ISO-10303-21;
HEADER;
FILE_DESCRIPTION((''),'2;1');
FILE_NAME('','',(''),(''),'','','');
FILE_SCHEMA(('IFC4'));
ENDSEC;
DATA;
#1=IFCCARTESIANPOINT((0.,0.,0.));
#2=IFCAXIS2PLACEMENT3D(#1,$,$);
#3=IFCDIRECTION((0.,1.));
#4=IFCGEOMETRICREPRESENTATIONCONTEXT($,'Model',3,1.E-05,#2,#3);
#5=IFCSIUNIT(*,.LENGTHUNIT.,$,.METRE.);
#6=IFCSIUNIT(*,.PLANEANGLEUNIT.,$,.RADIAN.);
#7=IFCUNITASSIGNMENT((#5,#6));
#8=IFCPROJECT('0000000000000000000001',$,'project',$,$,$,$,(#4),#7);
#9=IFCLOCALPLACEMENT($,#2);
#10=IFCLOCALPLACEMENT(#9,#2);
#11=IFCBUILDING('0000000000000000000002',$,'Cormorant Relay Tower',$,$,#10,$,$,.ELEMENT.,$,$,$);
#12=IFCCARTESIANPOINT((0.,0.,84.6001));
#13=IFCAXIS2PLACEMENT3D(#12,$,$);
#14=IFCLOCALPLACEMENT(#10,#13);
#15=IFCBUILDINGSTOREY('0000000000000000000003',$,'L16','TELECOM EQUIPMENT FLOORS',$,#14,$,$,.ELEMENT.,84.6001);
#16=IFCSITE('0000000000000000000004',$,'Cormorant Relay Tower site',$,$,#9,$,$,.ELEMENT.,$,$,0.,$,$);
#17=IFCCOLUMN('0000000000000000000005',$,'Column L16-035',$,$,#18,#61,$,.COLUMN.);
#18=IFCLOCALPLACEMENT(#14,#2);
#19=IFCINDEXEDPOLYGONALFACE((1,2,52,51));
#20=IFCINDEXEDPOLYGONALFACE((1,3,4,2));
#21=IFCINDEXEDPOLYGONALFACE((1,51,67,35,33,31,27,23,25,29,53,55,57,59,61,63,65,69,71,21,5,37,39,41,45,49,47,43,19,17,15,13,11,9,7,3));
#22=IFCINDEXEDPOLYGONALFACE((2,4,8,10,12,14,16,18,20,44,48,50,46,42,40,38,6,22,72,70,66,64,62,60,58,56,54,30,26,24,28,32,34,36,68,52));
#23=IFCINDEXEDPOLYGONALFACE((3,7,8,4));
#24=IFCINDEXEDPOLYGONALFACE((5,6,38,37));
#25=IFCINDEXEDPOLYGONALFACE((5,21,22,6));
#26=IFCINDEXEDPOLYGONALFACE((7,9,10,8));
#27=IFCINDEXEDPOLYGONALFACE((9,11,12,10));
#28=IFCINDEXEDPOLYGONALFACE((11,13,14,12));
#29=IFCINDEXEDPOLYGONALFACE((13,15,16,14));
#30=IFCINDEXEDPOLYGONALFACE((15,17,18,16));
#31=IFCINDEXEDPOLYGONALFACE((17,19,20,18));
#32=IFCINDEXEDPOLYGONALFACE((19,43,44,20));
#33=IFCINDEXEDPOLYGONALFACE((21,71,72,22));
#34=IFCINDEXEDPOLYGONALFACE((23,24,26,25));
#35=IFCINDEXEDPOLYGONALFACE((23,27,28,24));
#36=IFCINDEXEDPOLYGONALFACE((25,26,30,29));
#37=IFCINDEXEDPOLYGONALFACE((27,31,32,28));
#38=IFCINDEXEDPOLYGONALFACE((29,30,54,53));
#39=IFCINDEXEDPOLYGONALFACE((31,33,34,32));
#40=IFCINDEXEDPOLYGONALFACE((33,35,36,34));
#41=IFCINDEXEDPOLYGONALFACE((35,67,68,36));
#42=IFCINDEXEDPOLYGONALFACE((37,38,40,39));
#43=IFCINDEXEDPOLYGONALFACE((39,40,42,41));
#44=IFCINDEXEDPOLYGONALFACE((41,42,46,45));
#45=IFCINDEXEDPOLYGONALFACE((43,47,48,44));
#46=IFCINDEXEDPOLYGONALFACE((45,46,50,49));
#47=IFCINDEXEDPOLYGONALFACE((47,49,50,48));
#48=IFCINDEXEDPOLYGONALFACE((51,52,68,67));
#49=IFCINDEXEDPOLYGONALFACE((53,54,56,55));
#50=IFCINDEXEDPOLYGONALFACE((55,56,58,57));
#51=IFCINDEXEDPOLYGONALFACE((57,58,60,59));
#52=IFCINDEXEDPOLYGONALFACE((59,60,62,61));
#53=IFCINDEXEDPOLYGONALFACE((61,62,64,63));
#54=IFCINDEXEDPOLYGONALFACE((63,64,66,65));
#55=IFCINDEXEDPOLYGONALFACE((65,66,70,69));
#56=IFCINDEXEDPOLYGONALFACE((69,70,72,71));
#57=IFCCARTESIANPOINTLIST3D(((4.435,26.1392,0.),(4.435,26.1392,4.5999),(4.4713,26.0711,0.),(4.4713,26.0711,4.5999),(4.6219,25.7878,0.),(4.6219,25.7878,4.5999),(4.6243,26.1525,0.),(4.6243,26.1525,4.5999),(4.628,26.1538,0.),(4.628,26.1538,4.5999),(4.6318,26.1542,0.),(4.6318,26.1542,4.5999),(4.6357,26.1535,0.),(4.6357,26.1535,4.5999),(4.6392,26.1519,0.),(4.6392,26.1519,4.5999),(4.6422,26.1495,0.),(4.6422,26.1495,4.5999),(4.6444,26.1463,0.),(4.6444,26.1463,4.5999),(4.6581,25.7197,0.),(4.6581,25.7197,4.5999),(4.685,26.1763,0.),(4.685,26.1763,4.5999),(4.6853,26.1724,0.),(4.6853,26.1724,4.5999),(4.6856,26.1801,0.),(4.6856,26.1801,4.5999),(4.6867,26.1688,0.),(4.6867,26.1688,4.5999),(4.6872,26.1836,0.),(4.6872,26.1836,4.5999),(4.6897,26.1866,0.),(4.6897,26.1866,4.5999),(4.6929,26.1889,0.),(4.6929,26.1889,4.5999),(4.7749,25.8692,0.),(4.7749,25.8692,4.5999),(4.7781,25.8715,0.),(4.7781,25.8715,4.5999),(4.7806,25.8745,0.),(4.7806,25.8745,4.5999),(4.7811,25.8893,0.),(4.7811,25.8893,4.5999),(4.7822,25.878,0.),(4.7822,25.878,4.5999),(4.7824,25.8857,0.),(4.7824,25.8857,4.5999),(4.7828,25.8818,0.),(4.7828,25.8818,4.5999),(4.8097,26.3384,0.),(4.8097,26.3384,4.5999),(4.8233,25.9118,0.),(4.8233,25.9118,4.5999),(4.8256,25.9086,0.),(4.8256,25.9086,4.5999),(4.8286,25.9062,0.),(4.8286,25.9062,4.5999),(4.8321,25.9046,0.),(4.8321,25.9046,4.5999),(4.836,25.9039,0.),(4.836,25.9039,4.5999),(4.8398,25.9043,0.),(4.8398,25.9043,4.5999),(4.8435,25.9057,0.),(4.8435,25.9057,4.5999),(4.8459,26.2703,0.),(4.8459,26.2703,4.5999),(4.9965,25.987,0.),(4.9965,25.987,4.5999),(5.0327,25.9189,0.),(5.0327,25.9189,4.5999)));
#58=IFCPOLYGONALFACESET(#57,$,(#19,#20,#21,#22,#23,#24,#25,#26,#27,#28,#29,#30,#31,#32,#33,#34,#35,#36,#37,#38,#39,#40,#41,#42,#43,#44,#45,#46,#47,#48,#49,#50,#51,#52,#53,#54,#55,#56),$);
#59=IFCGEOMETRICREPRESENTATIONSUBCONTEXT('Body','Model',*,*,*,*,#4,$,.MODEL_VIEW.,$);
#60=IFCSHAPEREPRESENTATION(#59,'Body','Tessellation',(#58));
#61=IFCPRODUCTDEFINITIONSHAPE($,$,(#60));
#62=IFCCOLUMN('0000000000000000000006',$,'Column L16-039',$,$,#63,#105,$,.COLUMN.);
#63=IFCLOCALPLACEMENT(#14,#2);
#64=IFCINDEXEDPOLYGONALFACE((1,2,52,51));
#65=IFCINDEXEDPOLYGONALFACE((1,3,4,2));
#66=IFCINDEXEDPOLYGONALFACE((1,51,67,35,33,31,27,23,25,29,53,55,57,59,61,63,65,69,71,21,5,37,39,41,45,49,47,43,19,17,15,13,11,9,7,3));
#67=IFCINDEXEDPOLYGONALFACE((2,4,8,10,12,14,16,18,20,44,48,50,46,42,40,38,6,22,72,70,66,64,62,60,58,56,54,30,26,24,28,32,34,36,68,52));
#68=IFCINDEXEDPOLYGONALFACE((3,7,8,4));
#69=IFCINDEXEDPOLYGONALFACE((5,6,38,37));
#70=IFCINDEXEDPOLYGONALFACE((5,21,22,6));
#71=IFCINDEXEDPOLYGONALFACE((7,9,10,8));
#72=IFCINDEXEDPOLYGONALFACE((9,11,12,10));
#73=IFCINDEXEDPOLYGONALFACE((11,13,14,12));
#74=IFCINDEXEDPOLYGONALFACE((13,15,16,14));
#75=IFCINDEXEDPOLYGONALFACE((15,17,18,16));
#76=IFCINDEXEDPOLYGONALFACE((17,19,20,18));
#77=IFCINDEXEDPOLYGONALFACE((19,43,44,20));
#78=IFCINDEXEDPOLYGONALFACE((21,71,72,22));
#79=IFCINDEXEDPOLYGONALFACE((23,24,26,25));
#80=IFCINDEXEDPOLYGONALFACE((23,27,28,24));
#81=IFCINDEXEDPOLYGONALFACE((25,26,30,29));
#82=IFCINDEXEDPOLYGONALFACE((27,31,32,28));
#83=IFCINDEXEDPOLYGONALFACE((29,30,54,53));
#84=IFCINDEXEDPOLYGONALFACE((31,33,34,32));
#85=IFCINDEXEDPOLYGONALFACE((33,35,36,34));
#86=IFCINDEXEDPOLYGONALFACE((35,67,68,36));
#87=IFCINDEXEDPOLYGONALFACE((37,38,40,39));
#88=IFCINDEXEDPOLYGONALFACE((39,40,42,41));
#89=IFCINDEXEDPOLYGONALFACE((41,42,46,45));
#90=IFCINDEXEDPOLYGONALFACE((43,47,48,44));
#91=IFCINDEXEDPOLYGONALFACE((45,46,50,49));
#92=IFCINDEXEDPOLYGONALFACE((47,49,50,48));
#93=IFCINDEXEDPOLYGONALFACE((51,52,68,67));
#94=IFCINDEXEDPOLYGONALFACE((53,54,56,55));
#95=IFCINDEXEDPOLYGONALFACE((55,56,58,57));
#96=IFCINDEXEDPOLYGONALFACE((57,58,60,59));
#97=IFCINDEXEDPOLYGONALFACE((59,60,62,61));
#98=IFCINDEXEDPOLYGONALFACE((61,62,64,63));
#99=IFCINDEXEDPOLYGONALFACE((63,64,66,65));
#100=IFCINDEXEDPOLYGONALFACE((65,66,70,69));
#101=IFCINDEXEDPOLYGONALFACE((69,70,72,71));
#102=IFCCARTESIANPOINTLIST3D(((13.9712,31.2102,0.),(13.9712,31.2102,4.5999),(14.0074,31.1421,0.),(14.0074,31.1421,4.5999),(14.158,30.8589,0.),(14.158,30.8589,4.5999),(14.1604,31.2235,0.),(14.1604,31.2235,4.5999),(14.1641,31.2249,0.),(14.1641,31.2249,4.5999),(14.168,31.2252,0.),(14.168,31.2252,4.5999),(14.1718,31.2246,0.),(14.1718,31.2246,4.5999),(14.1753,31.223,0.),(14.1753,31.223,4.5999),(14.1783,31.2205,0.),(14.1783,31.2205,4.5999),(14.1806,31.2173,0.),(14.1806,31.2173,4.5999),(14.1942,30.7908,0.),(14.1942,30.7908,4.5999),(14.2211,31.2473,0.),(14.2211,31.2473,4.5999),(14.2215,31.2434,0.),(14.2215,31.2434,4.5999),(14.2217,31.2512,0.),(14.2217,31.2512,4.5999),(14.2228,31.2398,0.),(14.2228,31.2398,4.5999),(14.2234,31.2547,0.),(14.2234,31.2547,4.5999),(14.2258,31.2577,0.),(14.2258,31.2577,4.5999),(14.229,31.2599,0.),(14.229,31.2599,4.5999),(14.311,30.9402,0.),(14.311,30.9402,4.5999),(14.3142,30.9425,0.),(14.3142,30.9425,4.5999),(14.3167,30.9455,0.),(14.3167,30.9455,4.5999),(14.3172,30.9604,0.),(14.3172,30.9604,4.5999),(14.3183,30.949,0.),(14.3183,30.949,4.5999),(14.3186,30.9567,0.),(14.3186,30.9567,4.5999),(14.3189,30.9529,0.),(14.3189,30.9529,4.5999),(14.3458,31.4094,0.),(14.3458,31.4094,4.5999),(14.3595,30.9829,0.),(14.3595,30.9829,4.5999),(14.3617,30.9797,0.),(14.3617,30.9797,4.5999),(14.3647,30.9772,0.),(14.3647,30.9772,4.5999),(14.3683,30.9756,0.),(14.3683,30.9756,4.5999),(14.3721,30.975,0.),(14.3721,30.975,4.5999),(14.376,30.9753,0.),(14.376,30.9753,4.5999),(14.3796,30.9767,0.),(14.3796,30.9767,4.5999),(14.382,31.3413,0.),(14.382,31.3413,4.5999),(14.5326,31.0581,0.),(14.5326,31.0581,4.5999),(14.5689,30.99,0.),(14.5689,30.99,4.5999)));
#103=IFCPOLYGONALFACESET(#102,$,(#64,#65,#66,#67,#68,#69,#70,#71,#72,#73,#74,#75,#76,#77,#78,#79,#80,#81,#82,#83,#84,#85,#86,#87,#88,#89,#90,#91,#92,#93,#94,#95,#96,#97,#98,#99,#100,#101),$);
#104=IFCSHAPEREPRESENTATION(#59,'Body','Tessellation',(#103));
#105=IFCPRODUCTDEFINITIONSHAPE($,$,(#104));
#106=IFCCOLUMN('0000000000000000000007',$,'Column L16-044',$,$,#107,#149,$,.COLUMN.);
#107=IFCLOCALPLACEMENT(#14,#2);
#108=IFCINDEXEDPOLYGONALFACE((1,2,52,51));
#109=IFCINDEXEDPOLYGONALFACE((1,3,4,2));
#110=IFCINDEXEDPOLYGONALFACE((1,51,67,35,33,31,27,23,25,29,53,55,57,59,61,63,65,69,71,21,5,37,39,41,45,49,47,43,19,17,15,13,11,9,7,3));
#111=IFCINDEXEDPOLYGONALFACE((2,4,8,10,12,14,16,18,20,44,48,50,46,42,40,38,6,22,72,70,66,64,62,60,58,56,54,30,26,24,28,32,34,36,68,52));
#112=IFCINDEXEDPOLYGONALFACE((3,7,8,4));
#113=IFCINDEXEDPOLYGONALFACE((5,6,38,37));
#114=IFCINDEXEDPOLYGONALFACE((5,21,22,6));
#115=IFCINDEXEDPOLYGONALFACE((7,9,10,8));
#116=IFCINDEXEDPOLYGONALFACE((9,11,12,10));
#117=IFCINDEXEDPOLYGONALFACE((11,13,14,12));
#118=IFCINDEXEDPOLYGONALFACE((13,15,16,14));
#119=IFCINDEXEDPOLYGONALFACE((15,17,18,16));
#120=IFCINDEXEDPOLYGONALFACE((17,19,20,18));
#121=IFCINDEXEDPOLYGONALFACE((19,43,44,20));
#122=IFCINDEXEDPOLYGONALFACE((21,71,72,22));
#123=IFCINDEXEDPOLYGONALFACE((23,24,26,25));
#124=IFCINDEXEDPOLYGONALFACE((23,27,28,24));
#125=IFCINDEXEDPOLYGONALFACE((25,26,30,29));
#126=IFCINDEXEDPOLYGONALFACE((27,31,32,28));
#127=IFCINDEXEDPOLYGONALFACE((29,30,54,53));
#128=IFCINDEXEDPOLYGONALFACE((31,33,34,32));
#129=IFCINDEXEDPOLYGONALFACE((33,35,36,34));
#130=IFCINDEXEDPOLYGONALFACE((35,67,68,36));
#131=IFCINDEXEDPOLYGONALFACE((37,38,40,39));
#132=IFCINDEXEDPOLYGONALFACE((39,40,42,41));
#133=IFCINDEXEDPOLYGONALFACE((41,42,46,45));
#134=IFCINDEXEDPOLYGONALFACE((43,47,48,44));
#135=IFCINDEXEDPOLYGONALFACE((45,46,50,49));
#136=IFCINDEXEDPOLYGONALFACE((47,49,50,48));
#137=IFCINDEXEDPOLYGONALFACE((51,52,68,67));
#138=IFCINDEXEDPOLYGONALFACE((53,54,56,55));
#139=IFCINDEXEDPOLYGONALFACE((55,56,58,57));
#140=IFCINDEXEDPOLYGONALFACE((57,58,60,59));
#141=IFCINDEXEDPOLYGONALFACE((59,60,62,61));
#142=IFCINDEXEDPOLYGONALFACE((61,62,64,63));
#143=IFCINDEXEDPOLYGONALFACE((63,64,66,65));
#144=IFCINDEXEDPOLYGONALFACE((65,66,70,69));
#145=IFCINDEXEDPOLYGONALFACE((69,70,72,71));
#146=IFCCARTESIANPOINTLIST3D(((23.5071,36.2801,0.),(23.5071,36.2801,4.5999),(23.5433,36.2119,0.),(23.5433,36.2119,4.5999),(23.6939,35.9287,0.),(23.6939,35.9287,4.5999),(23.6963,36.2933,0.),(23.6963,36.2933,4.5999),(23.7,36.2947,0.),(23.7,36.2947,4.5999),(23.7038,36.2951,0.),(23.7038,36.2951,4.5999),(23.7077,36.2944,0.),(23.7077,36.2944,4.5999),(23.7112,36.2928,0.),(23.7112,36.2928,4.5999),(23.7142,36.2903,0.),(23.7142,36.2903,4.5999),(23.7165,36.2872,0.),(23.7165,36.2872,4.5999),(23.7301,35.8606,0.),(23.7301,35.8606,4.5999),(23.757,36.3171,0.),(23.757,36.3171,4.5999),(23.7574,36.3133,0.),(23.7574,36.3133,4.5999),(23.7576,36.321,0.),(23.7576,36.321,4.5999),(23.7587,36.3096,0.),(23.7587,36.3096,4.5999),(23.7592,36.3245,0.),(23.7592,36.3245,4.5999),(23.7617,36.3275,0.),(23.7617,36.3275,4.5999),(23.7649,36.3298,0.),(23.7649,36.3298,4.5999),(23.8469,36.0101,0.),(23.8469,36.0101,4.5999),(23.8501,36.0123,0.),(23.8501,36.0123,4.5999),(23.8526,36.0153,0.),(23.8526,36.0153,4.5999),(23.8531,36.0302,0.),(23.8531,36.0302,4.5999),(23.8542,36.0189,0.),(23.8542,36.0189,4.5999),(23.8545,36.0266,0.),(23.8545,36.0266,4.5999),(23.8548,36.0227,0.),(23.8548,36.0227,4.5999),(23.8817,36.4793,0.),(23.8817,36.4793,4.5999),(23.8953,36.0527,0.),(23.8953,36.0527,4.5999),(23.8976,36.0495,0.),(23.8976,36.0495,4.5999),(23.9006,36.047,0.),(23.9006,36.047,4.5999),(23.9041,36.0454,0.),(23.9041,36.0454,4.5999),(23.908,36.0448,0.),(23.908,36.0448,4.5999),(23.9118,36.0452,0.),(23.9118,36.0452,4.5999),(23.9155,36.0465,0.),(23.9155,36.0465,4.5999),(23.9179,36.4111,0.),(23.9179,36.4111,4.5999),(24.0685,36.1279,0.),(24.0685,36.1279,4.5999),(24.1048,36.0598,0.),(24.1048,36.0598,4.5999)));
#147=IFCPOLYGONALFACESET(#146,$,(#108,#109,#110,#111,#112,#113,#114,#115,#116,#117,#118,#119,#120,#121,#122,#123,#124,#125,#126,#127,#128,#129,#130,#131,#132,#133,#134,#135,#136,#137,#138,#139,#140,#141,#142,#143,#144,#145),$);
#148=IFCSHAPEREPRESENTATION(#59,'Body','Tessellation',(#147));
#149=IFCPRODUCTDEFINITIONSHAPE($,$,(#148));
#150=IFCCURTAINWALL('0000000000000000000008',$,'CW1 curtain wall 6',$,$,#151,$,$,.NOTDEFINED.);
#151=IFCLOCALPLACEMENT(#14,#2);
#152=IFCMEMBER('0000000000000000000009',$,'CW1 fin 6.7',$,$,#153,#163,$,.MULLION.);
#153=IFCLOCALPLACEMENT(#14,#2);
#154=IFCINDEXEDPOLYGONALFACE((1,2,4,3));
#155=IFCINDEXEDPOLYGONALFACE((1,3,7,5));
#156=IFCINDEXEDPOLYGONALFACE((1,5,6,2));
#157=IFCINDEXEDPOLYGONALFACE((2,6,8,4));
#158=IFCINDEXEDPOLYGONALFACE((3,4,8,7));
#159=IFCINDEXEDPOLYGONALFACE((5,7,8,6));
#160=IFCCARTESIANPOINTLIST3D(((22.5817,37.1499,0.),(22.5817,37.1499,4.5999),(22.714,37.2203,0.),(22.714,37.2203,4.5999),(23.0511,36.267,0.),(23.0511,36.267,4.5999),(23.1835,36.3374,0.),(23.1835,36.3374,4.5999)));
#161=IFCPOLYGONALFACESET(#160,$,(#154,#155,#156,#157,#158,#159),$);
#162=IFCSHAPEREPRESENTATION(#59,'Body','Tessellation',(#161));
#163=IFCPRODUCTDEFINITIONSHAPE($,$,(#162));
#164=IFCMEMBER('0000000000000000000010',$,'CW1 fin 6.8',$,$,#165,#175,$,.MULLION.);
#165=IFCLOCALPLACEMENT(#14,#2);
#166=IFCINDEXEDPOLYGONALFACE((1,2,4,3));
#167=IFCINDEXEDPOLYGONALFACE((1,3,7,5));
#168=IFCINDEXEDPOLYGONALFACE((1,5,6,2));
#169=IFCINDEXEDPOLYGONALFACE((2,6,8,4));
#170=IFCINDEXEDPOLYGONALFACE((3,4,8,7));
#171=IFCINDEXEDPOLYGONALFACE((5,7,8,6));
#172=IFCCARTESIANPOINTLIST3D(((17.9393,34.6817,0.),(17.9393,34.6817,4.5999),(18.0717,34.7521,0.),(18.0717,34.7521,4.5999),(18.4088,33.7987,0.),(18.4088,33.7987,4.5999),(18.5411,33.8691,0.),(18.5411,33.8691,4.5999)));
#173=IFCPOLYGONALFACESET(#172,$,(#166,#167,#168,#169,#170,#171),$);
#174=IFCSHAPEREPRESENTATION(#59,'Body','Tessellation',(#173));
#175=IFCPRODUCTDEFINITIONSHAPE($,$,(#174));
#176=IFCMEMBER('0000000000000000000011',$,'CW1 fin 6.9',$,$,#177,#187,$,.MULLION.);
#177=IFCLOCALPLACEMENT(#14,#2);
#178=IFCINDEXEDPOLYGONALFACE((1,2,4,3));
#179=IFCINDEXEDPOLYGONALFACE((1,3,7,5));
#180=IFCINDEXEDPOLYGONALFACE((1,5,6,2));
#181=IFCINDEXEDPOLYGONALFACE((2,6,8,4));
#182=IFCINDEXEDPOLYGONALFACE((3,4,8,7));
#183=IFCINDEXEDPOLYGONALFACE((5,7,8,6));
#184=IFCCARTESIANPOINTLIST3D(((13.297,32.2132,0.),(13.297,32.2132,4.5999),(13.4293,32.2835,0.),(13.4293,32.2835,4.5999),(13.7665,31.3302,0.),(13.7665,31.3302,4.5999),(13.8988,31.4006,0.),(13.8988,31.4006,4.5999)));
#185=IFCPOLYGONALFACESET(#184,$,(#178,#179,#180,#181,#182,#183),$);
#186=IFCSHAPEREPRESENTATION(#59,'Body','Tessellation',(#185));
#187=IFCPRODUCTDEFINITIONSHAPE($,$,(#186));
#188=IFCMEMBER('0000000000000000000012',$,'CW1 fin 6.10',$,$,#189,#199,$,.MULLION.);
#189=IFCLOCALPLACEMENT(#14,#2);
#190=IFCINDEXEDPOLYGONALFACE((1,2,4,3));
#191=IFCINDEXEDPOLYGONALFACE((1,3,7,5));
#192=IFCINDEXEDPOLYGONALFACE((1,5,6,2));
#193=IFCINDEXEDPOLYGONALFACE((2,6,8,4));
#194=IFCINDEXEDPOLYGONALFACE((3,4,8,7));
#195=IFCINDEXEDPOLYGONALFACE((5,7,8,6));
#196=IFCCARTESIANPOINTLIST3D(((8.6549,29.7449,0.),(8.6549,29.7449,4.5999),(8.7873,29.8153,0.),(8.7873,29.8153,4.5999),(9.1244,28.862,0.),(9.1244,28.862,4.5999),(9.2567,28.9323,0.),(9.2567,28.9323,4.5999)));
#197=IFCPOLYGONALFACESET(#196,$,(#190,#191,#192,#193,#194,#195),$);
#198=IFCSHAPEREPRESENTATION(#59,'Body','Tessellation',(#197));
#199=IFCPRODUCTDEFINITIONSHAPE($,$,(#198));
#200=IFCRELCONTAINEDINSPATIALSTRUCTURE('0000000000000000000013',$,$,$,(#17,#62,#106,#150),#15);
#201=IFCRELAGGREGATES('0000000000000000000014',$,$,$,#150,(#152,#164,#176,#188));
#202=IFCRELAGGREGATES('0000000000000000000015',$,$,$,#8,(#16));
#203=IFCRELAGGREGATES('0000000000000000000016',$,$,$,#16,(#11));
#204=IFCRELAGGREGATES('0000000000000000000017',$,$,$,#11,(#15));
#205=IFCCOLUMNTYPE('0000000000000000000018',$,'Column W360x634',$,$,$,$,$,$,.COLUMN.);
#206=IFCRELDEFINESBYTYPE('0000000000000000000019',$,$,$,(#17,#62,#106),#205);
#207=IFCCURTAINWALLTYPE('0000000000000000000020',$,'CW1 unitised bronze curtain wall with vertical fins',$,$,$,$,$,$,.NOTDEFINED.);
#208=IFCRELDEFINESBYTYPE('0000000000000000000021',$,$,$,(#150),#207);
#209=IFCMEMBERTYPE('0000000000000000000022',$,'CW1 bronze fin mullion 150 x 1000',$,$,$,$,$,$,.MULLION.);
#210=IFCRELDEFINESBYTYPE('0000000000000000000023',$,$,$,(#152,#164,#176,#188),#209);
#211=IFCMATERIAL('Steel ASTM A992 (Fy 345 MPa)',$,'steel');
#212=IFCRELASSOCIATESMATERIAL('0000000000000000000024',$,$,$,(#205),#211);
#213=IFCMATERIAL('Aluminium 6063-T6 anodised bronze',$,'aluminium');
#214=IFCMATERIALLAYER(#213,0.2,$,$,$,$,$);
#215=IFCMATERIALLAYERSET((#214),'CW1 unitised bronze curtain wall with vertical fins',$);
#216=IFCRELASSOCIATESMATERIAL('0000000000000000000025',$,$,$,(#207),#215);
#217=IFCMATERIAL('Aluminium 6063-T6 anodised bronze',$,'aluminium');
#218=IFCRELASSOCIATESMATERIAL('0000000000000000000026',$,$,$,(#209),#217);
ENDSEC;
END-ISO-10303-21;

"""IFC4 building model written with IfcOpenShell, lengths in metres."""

from ifc_helpers import new_model, si_unit, direction, frame, origin, origin_2d, place, context, subcontext, project, spatial, rectangle, i_section, extrude, material, layer, layer_set, material_profile, profile_set, type_object, element, aggregate, save


model = new_model("IFC4")

# Units and contexts
model_context = context("Model", 3, precision=1e-05, world=origin(), true_north=direction((0.0, 1.0)))
body_context = subcontext(model_context, "Body", "Model", "MODEL_VIEW")
ifc_project = project(units=[si_unit("LENGTHUNIT", "METRE"), si_unit("PLANEANGLEUNIT", "RADIAN")], contexts=[model_context])

# Site, building, storey
site_placement = place(None, origin())
site = spatial("IfcSite", under=ifc_project, at=site_placement, Name="Cormorant Relay Tower site", CompositionType="ELEMENT", RefElevation=0.0)
building_placement = place(site_placement, origin())
building = spatial("IfcBuilding", under=site, at=building_placement, Name="Cormorant Relay Tower", CompositionType="ELEMENT")
storey_placement = place(building_placement, frame((0.0, 0.0, 84.6001)))
storey = spatial("IfcBuildingStorey", under=building, at=storey_placement, Name="L16", Description="TELECOM EQUIPMENT FLOORS", CompositionType="ELEMENT", Elevation=84.6001)

# Columns
ifc_material_1 = material(Name="Steel ASTM A992 (Fy 345 MPa)", Category="steel")
ifc_material_profile_1 = material_profile(ifc_material_1, i_section(OverallWidth=0.4243, OverallDepth=0.4751, WebThickness=0.0479, FlangeThickness=0.0771, FilletRadius=0.0149, at=origin_2d()), Name="W360x634")
ifc_profile_set_1 = profile_set([ifc_material_profile_1], Name="Steel ASTM A992 (Fy 345 MPa)")
column_type = type_object("IfcColumnType", Name="Column W360x634", PredefinedType="COLUMN", material=ifc_profile_set_1)
for number, where, z_axis, x_axis, name in (
    (1, (4.7339, 26.0291, 0.0), (0.0, 0.0, 1.0), (-0.882948, -0.469472, 0.0), "Column L16-035"),
    (2, (14.27, 31.1001, 0.0), (0.0, 0.0, 1.0), (-0.882948, -0.469472, 0.0), "Column L16-039"),
    (3, (23.8059, 36.1699, 0.0), (0.0, 0.0, 1.0), (-0.882948, -0.469472, 0.0), "Column L16-044"),
):
    element("IfcColumn", number, at=place(storey_placement, frame(where, z_axis=z_axis, x_axis=x_axis)), inside=storey, type_object=column_type, Name=name, PredefinedType="COLUMN", context=body_context, shape_type="SweptSolid", body=[
        extrude(i_section(OverallWidth=0.4243, OverallDepth=0.4751, WebThickness=0.0479, FlangeThickness=0.0771, FilletRadius=0.0149, at=origin_2d()), origin(), (0.0, 0.0, 1.0), 4.5999),
    ])

# Curtain wall, members
ifc_material_2 = material(Name="Aluminium 6063-T6 anodised bronze", Category="aluminium")
ifc_layer_1 = layer(ifc_material_2, 0.2)
ifc_layer_set_1 = layer_set([ifc_layer_1], Name="CW1 unitised bronze curtain wall with vertical fins")
curtain_wall_type = type_object("IfcCurtainWallType", Name="CW1 unitised bronze curtain wall with vertical fins", PredefinedType="NOTDEFINED", material=ifc_layer_set_1)
curtain_wall_1_placement = place(storey_placement, origin())
curtain_wall_1 = element("IfcCurtainWall", 4, at=curtain_wall_1_placement, inside=storey, type_object=curtain_wall_type, Name="CW1 curtain wall 6", PredefinedType="NOTDEFINED")
ifc_material_3 = material(Name="Aluminium 6063-T6 anodised bronze", Category="aluminium")
ifc_material_profile_2 = material_profile(ifc_material_3, rectangle(XDim=0.1499, YDim=1.0, at=origin_2d()), Name="AL 150x1000")
ifc_profile_set_2 = profile_set([ifc_material_profile_2], Name="Aluminium 6063-T6 anodised bronze")
member_type_1 = type_object("IfcMemberType", Name="CW1 bronze fin mullion 150 x 1000", PredefinedType="MULLION", material=ifc_profile_set_2)
member_1_placement = place(storey_placement, frame((22.8826, 36.7437, 0.0), z_axis=(0.0, 0.0, 1.0), x_axis=(-0.882948, -0.469472, 0.0)))
member_1 = element("IfcMember", 5, at=member_1_placement, type_object=member_type_1, Name="CW1 fin 6.7", PredefinedType="MULLION", context=body_context, shape_type="SweptSolid", body=[
    extrude(rectangle(XDim=0.1499, YDim=1.0, at=origin_2d()), origin(), (0.0, 0.0, 1.0), 4.5999),
])
member_2_placement = place(storey_placement, frame((18.2402, 34.2754, 0.0), z_axis=(0.0, 0.0, 1.0), x_axis=(-0.882948, -0.469472, 0.0)))
member_2 = element("IfcMember", 6, at=member_2_placement, type_object=member_type_1, Name="CW1 fin 6.8", PredefinedType="MULLION", context=body_context, shape_type="SweptSolid", body=[
    extrude(rectangle(XDim=0.1499, YDim=1.0, at=origin_2d()), origin(), (0.0, 0.0, 1.0), 4.5999),
])
member_3_placement = place(storey_placement, frame((13.5979, 31.8069, 0.0), z_axis=(0.0, 0.0, 1.0), x_axis=(-0.882948, -0.469472, 0.0)))
member_3 = element("IfcMember", 7, at=member_3_placement, type_object=member_type_1, Name="CW1 fin 6.9", PredefinedType="MULLION", context=body_context, shape_type="SweptSolid", body=[
    extrude(rectangle(XDim=0.1499, YDim=1.0, at=origin_2d()), origin(), (0.0, 0.0, 1.0), 4.5999),
])
member_4_placement = place(storey_placement, frame((8.9558, 29.3386, 0.0), z_axis=(0.0, 0.0, 1.0), x_axis=(-0.882948, -0.469472, 0.0)))
member_4 = element("IfcMember", 8, at=member_4_placement, type_object=member_type_1, Name="CW1 fin 6.10", PredefinedType="MULLION", context=body_context, shape_type="SweptSolid", body=[
    extrude(rectangle(XDim=0.1499, YDim=1.0, at=origin_2d()), origin(), (0.0, 0.0, 1.0), 4.5999),
])

aggregate(curtain_wall_1, [member_1, member_2, member_3, member_4])

save(model, "model.ifc")
